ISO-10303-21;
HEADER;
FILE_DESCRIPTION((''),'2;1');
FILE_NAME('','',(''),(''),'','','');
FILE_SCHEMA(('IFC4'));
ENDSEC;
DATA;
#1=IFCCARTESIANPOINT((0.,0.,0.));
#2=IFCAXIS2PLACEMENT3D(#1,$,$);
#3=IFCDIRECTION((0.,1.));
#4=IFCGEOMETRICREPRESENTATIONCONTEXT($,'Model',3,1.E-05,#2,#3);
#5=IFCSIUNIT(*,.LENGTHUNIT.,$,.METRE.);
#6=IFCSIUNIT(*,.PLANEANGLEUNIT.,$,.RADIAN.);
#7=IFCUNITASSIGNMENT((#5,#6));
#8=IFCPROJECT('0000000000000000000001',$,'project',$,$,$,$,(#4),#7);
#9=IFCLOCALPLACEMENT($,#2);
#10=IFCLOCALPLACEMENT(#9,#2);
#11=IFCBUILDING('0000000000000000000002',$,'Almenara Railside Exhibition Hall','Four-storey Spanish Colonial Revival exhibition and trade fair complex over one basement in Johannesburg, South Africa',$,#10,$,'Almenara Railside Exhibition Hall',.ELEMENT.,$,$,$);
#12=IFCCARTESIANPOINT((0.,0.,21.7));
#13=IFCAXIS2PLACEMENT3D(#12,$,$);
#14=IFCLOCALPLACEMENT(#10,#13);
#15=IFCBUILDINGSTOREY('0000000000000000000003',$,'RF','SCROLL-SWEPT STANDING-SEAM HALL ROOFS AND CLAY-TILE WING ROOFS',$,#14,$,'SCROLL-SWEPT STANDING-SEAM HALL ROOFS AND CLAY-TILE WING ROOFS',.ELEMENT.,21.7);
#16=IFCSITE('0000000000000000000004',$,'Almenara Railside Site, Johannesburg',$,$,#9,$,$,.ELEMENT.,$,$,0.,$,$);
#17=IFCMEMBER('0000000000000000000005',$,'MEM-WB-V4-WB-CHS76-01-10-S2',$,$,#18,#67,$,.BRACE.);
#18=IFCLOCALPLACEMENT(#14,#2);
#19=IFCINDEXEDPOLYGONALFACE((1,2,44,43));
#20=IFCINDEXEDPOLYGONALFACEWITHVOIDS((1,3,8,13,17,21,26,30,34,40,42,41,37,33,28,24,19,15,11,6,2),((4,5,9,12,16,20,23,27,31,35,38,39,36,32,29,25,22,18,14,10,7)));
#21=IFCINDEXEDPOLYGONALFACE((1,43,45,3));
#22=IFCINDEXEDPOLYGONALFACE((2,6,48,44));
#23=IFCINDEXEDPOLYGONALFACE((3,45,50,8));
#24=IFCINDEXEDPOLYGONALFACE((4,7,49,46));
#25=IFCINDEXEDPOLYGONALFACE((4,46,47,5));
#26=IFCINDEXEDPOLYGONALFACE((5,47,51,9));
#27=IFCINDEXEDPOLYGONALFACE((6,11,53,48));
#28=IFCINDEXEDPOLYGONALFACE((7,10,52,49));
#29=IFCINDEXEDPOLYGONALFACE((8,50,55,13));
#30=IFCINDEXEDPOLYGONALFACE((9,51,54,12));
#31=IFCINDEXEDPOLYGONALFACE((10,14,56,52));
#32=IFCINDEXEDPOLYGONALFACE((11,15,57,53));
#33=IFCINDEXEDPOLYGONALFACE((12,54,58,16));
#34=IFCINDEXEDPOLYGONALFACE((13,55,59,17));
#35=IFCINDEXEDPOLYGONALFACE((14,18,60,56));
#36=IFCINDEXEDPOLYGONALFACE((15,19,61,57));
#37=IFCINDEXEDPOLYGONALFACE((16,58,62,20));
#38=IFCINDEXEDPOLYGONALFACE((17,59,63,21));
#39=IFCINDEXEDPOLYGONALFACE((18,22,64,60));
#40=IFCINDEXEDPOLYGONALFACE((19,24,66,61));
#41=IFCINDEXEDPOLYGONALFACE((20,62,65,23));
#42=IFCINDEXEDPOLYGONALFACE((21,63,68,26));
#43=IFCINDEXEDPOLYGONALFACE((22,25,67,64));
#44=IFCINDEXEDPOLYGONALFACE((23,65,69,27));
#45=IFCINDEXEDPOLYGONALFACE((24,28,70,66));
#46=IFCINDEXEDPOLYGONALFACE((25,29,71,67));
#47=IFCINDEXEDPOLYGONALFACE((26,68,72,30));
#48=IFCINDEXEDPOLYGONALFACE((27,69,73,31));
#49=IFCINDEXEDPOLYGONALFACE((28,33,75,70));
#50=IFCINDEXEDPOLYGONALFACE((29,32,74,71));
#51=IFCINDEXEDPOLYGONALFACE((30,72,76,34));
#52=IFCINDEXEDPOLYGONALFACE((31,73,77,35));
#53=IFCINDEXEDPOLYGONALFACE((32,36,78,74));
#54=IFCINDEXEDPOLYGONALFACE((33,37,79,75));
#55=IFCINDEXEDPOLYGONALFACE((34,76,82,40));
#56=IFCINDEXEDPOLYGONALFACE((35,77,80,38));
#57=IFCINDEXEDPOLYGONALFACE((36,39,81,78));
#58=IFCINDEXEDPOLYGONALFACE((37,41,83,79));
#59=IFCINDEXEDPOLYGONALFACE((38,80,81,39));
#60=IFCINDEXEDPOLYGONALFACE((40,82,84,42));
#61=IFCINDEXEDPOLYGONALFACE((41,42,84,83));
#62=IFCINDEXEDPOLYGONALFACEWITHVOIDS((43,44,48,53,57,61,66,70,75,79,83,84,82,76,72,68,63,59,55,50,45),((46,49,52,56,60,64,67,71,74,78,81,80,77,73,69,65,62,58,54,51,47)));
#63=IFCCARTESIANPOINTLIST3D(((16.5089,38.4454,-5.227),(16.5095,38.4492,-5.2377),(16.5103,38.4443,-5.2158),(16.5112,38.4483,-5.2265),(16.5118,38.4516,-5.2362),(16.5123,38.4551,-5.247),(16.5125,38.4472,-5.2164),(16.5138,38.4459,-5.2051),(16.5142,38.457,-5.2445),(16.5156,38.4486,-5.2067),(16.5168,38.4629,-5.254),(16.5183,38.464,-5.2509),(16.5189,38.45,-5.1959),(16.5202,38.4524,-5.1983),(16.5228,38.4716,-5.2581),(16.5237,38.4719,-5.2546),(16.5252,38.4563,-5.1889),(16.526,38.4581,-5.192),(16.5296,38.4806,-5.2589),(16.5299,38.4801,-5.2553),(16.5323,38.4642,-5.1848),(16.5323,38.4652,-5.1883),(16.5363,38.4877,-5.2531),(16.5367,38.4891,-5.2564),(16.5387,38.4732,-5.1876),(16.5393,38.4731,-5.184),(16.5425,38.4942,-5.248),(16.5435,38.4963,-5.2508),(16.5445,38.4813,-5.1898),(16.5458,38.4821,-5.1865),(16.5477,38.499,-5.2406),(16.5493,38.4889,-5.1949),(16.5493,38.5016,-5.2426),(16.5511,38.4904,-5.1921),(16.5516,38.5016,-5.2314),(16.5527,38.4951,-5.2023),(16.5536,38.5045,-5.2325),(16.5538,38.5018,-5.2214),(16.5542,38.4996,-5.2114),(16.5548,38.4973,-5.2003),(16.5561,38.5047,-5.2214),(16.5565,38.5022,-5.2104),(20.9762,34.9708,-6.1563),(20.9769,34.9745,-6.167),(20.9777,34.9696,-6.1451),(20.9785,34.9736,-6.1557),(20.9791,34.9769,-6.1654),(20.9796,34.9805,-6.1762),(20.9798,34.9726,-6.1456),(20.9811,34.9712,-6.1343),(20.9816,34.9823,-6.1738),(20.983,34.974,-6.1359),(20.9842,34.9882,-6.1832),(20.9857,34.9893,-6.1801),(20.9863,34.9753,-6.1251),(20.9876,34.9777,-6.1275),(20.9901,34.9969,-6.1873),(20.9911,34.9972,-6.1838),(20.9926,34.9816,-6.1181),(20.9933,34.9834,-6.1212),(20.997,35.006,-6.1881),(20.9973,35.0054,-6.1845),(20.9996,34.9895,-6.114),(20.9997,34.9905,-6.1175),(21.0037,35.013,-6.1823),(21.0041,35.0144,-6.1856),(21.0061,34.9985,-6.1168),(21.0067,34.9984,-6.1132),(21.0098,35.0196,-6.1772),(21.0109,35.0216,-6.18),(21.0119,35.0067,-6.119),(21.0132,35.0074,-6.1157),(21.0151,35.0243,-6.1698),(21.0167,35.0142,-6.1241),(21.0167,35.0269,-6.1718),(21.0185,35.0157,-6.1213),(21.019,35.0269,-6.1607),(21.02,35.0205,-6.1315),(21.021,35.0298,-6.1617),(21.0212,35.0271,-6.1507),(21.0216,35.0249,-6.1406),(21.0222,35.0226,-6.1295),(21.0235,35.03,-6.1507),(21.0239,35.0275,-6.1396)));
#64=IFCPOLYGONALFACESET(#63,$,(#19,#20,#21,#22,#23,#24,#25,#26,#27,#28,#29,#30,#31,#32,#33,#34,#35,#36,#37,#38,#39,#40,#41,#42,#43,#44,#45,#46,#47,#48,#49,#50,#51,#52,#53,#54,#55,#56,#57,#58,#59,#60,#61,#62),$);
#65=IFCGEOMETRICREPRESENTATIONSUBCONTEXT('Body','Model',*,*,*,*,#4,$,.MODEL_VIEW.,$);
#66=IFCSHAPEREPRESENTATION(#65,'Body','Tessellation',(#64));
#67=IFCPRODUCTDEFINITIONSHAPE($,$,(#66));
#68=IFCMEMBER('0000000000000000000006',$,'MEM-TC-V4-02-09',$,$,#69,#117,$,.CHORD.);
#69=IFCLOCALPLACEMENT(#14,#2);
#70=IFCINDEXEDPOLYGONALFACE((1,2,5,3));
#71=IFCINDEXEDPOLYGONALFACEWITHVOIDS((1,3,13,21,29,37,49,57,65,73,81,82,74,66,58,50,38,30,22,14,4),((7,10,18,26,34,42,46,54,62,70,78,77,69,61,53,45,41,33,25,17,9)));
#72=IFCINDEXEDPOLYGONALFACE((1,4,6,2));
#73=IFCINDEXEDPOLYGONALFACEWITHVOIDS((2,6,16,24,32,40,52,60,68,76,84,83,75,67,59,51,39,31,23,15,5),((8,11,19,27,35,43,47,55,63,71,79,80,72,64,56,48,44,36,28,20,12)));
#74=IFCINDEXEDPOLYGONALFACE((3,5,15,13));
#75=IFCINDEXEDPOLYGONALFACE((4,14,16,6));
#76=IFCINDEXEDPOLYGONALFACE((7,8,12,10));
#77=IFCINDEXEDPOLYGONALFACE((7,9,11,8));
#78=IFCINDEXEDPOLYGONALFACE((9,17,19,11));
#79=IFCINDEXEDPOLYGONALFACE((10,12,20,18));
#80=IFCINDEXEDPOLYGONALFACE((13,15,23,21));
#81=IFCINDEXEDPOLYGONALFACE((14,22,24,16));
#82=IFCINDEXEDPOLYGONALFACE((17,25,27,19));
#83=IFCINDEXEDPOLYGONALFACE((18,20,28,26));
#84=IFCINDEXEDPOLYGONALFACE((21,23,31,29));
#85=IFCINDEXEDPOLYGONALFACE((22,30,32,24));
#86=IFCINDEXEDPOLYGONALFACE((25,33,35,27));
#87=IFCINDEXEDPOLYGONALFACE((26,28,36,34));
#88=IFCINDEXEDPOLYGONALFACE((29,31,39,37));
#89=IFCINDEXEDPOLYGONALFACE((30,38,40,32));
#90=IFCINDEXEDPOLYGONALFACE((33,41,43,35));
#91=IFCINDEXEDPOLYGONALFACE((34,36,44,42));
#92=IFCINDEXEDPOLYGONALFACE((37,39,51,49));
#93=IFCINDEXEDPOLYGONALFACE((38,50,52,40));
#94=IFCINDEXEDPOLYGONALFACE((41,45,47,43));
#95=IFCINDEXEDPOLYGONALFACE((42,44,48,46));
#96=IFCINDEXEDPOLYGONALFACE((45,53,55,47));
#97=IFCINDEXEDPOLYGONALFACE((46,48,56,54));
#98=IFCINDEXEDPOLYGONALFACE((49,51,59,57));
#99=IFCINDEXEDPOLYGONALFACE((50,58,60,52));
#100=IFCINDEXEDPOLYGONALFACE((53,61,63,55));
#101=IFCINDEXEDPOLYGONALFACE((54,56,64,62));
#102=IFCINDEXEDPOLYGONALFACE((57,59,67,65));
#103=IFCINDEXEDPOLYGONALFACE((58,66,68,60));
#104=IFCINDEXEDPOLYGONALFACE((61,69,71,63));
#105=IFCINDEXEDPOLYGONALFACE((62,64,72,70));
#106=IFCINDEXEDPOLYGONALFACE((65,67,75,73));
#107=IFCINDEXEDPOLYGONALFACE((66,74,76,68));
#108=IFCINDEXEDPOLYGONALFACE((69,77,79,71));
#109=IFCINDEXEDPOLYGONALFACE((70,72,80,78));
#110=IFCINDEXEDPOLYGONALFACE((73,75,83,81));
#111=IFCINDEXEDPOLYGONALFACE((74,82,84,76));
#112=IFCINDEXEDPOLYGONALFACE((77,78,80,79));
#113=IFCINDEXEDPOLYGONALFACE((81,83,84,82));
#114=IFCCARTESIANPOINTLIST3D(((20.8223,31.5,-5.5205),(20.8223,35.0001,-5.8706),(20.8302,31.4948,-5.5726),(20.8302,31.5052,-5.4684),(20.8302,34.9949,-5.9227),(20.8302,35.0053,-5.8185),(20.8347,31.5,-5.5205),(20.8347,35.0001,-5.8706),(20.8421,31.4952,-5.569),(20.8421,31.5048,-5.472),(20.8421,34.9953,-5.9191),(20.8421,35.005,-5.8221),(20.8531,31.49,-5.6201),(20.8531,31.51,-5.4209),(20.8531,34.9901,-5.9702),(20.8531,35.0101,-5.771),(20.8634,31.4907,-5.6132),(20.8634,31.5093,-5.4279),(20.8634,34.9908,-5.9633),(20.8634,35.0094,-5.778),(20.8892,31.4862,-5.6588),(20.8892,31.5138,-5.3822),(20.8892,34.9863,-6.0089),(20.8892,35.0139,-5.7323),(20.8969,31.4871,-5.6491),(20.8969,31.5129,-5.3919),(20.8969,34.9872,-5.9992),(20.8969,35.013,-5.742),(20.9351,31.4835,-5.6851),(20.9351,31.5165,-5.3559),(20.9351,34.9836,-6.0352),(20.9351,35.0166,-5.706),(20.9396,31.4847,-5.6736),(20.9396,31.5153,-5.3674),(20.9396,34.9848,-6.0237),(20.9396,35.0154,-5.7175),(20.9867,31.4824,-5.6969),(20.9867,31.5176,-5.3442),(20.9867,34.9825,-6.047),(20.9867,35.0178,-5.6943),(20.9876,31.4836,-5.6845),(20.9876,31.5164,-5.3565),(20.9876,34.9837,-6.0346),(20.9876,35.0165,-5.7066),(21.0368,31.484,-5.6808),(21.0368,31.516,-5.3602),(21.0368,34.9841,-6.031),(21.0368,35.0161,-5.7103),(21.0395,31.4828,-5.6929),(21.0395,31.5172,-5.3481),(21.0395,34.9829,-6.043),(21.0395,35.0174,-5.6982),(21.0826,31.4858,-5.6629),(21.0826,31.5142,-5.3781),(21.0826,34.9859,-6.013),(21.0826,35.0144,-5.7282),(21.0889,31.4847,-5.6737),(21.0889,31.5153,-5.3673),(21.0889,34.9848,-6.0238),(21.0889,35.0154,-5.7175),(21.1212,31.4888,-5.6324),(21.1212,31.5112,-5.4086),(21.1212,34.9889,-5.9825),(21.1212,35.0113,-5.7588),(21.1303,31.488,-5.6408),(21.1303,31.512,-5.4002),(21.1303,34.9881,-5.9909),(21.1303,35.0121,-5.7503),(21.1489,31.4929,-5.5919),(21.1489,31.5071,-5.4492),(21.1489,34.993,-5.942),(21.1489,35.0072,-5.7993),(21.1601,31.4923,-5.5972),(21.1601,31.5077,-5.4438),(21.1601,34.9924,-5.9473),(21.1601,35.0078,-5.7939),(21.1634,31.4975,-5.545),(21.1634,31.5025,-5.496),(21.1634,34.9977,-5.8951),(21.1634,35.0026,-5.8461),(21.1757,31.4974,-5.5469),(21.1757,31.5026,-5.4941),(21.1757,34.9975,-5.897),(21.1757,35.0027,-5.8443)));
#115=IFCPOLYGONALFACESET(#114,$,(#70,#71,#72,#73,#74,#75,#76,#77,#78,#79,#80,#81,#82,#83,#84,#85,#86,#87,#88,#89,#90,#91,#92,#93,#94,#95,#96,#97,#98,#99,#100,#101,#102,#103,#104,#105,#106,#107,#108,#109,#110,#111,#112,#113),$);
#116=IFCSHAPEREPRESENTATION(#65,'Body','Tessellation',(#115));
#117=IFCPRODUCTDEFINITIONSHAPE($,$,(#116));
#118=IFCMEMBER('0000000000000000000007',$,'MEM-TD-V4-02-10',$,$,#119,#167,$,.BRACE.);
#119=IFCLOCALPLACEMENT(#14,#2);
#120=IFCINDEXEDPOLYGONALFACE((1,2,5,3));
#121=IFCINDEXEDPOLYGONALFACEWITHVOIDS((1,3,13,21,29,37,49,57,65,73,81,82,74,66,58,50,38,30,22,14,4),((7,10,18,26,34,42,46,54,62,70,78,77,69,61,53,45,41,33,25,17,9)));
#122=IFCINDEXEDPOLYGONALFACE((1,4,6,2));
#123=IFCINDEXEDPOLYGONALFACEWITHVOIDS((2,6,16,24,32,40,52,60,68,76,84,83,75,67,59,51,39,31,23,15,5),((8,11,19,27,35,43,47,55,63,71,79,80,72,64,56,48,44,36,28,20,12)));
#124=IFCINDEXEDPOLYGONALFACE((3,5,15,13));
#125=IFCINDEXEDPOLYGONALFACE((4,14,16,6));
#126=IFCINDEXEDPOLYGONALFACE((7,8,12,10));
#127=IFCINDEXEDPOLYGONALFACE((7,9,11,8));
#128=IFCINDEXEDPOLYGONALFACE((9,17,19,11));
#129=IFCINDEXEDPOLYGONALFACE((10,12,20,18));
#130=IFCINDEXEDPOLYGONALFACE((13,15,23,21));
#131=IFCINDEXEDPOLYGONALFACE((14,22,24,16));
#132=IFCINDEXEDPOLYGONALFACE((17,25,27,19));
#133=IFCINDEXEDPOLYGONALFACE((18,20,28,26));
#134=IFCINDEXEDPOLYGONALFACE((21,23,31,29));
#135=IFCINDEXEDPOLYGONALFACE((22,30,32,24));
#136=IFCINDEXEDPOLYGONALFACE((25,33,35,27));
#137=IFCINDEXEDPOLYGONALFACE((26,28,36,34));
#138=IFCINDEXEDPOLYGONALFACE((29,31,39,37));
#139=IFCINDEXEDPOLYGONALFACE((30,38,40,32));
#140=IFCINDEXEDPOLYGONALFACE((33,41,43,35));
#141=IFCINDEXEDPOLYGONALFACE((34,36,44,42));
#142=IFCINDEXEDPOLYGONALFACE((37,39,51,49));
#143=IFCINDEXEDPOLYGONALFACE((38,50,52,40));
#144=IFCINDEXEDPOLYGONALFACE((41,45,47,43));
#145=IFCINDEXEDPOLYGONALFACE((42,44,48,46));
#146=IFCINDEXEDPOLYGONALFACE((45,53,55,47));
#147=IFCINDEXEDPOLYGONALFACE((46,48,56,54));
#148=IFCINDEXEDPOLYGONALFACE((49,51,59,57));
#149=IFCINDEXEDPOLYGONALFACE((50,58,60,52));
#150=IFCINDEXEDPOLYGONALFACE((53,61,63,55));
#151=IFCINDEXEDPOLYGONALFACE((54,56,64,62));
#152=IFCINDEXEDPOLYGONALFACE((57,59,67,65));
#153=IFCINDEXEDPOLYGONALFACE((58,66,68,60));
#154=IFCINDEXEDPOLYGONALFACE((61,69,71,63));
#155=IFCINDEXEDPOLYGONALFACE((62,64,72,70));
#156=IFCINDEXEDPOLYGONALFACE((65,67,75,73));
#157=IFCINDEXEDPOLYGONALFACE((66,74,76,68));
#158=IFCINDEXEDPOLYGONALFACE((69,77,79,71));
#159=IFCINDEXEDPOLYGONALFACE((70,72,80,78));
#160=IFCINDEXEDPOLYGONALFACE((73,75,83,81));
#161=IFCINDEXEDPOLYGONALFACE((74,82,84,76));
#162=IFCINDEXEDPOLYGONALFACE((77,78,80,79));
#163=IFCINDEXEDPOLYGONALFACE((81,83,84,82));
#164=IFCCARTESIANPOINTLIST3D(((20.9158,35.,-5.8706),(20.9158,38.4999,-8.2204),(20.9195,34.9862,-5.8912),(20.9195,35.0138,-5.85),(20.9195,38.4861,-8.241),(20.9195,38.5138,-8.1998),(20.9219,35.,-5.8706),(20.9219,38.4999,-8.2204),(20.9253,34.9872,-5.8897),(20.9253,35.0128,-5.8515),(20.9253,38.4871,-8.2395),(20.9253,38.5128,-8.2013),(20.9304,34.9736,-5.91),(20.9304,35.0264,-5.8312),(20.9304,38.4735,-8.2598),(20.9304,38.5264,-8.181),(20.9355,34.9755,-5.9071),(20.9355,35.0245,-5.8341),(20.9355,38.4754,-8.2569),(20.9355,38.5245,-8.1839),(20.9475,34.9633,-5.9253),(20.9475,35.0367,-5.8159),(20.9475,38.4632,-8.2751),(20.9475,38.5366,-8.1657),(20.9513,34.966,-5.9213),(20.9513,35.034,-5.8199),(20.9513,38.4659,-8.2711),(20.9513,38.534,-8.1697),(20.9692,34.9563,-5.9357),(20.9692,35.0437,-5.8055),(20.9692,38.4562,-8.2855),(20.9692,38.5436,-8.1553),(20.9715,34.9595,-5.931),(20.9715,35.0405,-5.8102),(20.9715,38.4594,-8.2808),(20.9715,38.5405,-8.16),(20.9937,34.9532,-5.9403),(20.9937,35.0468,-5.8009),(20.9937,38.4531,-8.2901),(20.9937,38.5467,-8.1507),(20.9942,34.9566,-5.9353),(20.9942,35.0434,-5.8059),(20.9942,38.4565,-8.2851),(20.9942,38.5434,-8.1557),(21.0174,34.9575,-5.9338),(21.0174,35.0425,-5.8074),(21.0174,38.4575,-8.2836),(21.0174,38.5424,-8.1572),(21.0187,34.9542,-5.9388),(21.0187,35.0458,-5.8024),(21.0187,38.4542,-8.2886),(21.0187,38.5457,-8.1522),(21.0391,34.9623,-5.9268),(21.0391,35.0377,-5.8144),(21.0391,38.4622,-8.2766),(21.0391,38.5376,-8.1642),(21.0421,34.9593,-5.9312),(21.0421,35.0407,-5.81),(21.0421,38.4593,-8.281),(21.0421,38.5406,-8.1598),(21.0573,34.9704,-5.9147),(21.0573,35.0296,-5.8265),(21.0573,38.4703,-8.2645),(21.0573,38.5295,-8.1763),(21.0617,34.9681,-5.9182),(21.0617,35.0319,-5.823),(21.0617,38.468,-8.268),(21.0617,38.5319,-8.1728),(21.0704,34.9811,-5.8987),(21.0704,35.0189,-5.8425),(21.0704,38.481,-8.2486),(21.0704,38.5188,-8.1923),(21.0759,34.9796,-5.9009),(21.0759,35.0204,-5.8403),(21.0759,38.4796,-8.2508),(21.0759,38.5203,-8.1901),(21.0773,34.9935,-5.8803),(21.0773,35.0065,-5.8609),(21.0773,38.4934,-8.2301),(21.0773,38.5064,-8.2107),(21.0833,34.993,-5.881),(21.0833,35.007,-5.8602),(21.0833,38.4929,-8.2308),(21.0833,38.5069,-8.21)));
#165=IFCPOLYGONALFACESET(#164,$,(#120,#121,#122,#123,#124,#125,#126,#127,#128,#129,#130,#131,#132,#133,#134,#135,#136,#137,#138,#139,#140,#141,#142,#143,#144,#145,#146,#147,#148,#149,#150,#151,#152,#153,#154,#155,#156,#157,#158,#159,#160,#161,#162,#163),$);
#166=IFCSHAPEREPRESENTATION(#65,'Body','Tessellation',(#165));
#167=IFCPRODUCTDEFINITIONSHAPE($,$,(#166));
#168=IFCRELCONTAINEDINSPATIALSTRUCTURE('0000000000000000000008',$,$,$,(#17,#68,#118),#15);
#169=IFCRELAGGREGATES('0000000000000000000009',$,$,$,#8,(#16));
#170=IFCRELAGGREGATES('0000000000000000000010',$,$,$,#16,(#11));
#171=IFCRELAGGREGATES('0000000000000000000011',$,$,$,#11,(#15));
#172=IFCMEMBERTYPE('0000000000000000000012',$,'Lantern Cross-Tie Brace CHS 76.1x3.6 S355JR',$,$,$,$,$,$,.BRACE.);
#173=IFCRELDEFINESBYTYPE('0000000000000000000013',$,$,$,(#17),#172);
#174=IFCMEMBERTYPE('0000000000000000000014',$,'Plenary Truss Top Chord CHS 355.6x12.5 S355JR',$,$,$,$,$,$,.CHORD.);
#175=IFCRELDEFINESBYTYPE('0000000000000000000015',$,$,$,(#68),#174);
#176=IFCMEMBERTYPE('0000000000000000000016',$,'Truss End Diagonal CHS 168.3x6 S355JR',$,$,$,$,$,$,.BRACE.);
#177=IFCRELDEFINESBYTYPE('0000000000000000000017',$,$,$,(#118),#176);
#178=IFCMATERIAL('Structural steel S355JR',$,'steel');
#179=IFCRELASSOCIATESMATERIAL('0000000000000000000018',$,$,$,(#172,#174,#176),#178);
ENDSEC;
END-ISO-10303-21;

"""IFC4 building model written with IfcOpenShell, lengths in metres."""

from ifc_helpers import new_model, si_unit, direction, frame, origin, origin_2d, place, context, subcontext, project, spatial, hollow_circle, extrude, material, material_profile, profile_set, type_object, element, save


model = new_model("IFC4")

# Units and contexts
model_context = context("Model", 3, precision=1e-05, world=origin(), true_north=direction((0.0, 1.0)))
body_context = subcontext(model_context, "Body", "Model", "MODEL_VIEW")
ifc_project = project(units=[si_unit("LENGTHUNIT", "METRE"), si_unit("PLANEANGLEUNIT", "RADIAN")], contexts=[model_context])

# Site, building, storey
site_placement = place(None, origin())
site = spatial("IfcSite", under=ifc_project, at=site_placement, Name="Almenara Railside Site, Johannesburg", CompositionType="ELEMENT", RefElevation=0.0)
building_placement = place(site_placement, origin())
building = spatial("IfcBuilding", under=site, at=building_placement, Name="Almenara Railside Exhibition Hall", Description="Four-storey Spanish Colonial Revival exhibition and trade fair complex over one basement in Johannesburg, South Africa", LongName="Almenara Railside Exhibition Hall", CompositionType="ELEMENT")
storey_placement = place(building_placement, frame((0.0, 0.0, 21.7)))
storey = spatial("IfcBuildingStorey", under=building, at=storey_placement, Name="RF", Description="SCROLL-SWEPT STANDING-SEAM HALL ROOFS AND CLAY-TILE WING ROOFS", LongName="SCROLL-SWEPT STANDING-SEAM HALL ROOFS AND CLAY-TILE WING ROOFS", CompositionType="ELEMENT", Elevation=21.7)

# Members
ifc_material_1 = material(Name="Structural steel S355JR", Category="steel")
ifc_material_profile_1 = material_profile(ifc_material_1, hollow_circle(Radius=0.0381, WallThickness=0.0037, at=origin_2d()), Name="CHS 76.1x3.6")
ifc_profile_set_1 = profile_set([ifc_material_profile_1], Name="Structural steel S355JR")
member_type_1 = type_object("IfcMemberType", Name="Lantern Cross-Tie Brace CHS 76.1x3.6 S355JR", PredefinedType="BRACE", material=ifc_profile_set_1)
member_1_placement = place(storey_placement, frame((16.5327, 38.4746, -5.2214), z_axis=(0.778919, -0.605835, -0.162016), x_axis=(0.613947, 0.789348, 0.0)))
element("IfcMember", 1, at=member_1_placement, inside=storey, type_object=member_type_1, Name="MEM-WB-V4-WB-CHS76-01-10-S2", PredefinedType="BRACE", context=body_context, shape_type="SweptSolid", body=[
    extrude(hollow_circle(Radius=0.0381, WallThickness=0.0037, at=origin_2d()), origin(), (0.0, 0.0, 1.0), 5.7354),
])
ifc_material_profile_2 = material_profile(ifc_material_1, hollow_circle(Radius=0.1777, WallThickness=0.0125, at=origin_2d()), Name="CHS 355.6x12.5")
ifc_profile_set_2 = profile_set([ifc_material_profile_2], Name="Structural steel S355JR")
member_type_2 = type_object("IfcMemberType", Name="Plenary Truss Top Chord CHS 355.6x12.5 S355JR", PredefinedType="CHORD", material=ifc_profile_set_2)
member_2_placement = place(storey_placement, frame((21.0, 31.5, -5.5205), z_axis=(0.0, 0.995034, -0.099531), x_axis=(-1.0, 0.0, 0.0)))
element("IfcMember", 2, at=member_2_placement, inside=storey, type_object=member_type_2, Name="MEM-TC-V4-02-09", PredefinedType="CHORD", context=body_context, shape_type="SweptSolid", body=[
    extrude(hollow_circle(Radius=0.1777, WallThickness=0.0125, at=origin_2d()), origin(), (0.0, 0.0, 1.0), 3.5176),
])
ifc_material_profile_3 = material_profile(ifc_material_1, hollow_circle(Radius=0.0842, WallThickness=0.0061, at=origin_2d()), Name="CHS 168.3x6")
ifc_profile_set_3 = profile_set([ifc_material_profile_3], Name="Structural steel S355JR")
member_type_3 = type_object("IfcMemberType", Name="Truss End Diagonal CHS 168.3x6 S355JR", PredefinedType="BRACE", material=ifc_profile_set_3)
member_3_placement = place(storey_placement, frame((21.0, 35.0, -5.8706), z_axis=(0.0, 0.830237, -0.55741), x_axis=(-1.0, 0.0, 0.0)))
element("IfcMember", 3, at=member_3_placement, inside=storey, type_object=member_type_3, Name="MEM-TD-V4-02-10", PredefinedType="BRACE", context=body_context, shape_type="SweptSolid", body=[
    extrude(hollow_circle(Radius=0.0842, WallThickness=0.0061, at=origin_2d()), origin(), (0.0, 0.0, 1.0), 4.2156),
])

save(model, "model.ifc")
